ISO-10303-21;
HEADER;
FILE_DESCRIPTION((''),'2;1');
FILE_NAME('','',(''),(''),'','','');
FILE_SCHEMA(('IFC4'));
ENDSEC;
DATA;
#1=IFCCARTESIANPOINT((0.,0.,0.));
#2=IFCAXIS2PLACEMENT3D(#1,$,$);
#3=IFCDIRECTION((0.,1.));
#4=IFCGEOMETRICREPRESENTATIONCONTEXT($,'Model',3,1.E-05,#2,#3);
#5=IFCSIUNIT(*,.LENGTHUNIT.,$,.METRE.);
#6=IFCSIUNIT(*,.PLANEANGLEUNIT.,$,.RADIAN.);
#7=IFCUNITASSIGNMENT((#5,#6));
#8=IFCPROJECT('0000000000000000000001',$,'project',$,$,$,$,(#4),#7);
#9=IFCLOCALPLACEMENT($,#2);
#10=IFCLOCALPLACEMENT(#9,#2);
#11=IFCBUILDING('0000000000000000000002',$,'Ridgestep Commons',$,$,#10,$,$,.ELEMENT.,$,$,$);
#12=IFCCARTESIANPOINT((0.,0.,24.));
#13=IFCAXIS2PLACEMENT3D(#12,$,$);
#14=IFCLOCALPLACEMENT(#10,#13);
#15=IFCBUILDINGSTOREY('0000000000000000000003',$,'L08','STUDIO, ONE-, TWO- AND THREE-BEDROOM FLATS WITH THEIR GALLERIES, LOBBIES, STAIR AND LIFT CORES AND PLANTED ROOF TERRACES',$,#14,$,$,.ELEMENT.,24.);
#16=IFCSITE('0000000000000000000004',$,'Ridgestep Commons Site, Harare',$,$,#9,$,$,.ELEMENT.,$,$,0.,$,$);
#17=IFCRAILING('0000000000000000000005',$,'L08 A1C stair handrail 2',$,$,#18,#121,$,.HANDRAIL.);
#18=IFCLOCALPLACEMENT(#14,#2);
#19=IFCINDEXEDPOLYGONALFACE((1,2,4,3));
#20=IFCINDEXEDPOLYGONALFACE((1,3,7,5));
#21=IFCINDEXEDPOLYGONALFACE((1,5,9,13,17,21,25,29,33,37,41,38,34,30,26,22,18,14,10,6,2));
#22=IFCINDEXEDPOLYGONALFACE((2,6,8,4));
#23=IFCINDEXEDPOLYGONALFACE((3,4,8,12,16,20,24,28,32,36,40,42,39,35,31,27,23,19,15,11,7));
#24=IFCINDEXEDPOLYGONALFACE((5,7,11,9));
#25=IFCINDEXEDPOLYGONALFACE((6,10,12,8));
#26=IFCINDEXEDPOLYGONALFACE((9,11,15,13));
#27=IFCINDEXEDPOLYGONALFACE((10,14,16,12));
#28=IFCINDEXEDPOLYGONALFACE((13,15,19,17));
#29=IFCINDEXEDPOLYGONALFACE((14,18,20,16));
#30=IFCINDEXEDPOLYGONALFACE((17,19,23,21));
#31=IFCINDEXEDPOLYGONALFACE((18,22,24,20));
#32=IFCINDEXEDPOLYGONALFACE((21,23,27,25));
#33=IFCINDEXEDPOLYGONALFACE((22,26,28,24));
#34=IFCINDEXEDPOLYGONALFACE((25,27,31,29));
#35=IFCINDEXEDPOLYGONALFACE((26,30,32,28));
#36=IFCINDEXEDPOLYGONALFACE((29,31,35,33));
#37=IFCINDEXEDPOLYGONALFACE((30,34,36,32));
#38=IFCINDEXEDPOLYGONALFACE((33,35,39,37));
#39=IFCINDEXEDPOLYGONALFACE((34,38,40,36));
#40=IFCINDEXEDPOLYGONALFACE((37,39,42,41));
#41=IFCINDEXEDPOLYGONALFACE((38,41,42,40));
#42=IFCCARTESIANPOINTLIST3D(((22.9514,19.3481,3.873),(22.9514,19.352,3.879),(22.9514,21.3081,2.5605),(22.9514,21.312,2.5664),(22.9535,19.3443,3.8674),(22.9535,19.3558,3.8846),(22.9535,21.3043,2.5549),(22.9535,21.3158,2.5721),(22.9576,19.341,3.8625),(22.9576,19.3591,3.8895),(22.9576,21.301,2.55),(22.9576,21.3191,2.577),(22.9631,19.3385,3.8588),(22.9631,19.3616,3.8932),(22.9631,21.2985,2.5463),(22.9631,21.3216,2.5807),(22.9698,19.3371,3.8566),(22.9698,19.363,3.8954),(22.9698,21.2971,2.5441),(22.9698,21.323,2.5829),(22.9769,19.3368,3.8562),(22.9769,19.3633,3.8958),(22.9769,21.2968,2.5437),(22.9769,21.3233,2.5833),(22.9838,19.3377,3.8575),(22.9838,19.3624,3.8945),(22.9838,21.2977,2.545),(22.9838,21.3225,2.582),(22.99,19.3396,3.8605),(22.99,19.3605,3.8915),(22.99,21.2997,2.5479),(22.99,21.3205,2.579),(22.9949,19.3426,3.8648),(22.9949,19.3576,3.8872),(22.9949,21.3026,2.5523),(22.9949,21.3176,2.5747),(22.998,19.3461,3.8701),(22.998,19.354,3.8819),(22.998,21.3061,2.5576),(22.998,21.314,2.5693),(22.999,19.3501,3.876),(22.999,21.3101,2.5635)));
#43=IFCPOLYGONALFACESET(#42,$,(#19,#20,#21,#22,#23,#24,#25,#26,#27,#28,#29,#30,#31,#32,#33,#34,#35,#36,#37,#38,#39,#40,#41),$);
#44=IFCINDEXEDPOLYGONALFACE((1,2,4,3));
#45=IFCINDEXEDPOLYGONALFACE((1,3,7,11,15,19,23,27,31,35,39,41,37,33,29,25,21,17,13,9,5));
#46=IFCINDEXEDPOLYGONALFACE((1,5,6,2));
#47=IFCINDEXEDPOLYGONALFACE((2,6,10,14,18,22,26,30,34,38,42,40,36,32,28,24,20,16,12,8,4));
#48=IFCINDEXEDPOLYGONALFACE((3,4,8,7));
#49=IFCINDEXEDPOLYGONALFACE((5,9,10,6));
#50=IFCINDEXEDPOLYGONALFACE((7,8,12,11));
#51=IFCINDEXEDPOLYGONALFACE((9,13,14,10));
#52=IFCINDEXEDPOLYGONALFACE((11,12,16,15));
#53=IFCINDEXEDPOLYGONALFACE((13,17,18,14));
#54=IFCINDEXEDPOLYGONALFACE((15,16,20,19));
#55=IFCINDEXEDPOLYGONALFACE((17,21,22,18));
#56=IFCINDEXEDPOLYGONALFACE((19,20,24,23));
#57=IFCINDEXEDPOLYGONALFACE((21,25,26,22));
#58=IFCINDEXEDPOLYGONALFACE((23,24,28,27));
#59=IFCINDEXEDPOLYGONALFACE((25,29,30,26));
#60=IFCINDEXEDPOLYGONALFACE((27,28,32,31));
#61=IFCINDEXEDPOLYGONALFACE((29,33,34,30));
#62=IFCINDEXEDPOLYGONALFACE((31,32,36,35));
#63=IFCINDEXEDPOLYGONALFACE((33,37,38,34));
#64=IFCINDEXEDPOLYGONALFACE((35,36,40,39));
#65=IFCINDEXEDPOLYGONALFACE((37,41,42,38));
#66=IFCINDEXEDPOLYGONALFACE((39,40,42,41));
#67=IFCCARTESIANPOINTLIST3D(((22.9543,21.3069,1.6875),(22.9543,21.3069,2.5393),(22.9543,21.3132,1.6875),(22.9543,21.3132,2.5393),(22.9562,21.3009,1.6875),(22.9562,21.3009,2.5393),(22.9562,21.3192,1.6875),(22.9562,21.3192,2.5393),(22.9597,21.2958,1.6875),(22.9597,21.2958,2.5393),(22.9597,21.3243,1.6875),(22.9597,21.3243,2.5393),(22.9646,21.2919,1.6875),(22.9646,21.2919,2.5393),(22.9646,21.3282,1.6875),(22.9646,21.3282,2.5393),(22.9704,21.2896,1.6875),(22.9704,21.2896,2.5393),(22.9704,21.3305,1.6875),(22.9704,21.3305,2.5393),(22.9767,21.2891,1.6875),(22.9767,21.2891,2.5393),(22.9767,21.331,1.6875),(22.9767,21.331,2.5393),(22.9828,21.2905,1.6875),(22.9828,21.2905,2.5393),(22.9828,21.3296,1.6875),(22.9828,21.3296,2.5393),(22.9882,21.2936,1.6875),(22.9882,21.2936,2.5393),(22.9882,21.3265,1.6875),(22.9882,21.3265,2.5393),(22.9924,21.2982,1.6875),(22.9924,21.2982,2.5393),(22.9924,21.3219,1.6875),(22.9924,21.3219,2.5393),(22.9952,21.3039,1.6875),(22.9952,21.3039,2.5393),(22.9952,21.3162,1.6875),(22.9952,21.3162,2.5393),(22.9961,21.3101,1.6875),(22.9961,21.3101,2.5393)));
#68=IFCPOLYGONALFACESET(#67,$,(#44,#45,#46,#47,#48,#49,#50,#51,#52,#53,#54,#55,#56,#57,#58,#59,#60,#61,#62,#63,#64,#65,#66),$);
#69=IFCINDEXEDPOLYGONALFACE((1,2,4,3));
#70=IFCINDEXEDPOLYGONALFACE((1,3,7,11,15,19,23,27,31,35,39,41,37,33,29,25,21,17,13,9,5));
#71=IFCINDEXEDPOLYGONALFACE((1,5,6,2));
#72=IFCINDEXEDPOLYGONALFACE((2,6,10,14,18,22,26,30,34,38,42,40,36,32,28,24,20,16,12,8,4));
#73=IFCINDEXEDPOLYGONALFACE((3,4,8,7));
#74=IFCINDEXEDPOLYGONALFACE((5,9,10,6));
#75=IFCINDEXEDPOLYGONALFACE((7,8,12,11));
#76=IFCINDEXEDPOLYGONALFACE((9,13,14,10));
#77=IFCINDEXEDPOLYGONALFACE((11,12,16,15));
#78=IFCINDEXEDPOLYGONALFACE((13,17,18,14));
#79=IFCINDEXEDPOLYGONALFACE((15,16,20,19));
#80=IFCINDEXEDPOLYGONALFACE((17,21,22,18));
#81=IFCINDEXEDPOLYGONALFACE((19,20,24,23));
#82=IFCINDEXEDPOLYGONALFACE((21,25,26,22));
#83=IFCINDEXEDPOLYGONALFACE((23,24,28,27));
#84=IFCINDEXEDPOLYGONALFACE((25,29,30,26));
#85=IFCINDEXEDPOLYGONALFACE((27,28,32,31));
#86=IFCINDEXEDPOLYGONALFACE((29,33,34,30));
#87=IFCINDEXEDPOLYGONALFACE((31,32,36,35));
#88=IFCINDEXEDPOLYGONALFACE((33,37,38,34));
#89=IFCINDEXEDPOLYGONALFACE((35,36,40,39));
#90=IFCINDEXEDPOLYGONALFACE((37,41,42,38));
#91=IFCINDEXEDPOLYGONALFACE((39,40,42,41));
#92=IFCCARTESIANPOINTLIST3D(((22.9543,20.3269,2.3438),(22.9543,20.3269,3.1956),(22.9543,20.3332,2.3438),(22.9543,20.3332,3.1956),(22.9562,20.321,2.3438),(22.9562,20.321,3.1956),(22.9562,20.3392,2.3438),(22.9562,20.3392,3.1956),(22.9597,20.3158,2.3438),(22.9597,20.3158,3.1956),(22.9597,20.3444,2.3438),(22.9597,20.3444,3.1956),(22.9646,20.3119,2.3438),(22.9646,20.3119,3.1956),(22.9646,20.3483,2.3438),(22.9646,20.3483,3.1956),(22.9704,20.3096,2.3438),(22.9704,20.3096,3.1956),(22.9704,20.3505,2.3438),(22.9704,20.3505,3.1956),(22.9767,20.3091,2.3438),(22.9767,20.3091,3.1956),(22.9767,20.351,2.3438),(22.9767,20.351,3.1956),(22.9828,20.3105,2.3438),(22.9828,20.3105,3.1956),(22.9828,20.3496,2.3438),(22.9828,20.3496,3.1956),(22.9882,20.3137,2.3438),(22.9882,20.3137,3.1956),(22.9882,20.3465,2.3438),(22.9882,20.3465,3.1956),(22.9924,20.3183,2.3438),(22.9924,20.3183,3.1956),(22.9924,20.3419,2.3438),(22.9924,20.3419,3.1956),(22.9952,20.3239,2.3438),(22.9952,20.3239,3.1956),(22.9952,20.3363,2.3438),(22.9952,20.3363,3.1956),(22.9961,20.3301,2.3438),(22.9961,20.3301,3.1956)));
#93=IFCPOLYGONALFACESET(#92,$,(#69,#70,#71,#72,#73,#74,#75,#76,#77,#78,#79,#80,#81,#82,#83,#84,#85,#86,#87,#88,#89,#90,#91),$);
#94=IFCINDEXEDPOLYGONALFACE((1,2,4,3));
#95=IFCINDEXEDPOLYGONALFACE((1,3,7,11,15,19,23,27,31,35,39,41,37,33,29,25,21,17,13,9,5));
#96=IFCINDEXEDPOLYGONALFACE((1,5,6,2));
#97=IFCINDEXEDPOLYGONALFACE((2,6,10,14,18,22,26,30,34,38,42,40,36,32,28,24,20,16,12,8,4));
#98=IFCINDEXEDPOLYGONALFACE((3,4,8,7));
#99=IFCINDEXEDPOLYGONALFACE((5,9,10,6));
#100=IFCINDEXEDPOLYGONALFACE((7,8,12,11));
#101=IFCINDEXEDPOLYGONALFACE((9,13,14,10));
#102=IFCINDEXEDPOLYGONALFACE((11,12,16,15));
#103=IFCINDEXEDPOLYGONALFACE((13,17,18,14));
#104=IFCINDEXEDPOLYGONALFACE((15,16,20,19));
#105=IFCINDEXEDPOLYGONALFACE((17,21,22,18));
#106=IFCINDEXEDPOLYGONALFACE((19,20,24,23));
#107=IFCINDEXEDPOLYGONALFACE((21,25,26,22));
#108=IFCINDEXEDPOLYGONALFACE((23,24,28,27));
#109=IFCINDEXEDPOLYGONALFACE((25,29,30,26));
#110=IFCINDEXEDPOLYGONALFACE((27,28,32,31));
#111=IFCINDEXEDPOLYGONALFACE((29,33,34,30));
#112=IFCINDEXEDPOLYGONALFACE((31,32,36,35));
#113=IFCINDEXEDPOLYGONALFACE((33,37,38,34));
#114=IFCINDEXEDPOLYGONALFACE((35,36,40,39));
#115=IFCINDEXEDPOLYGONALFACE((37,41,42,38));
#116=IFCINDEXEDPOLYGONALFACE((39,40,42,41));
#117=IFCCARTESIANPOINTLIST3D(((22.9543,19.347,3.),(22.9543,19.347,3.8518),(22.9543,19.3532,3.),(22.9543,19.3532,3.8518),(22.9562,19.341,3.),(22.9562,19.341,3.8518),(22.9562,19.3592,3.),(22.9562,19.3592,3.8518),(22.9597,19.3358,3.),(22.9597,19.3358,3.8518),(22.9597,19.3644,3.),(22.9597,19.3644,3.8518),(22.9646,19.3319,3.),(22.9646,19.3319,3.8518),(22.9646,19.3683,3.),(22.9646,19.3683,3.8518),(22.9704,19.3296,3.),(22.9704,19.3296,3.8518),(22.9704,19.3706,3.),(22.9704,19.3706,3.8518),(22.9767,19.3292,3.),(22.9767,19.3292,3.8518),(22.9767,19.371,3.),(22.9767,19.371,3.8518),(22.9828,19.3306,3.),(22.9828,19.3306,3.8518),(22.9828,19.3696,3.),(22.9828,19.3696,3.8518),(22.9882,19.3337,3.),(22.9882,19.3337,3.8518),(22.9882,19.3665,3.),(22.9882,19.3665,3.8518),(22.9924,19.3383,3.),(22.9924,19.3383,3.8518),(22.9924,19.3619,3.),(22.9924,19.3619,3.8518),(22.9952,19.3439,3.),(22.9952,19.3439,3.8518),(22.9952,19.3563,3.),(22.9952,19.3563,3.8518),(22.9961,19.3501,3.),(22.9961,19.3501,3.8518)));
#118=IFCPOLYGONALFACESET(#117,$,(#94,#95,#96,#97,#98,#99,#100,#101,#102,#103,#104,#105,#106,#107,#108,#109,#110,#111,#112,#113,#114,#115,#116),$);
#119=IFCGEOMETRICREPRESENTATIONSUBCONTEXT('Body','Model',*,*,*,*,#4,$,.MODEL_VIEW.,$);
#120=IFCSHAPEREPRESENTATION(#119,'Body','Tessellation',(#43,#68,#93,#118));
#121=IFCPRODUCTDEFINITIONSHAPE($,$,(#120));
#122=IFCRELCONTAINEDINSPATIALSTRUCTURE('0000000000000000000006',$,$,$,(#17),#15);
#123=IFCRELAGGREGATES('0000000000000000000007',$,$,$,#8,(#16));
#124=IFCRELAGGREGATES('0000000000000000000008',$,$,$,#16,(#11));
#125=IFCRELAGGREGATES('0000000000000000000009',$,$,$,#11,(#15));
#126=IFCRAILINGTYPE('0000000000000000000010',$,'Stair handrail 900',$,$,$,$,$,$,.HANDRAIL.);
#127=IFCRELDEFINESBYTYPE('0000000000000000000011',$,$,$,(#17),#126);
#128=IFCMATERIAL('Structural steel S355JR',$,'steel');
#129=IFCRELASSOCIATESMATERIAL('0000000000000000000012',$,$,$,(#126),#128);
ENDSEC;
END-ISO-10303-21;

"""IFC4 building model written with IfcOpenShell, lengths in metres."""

from ifc_helpers import new_model, si_unit, direction, frame, origin, origin_2d, place, context, subcontext, project, spatial, circle, extrude, material, type_object, element, save


model = new_model("IFC4")

# Units and contexts
model_context = context("Model", 3, precision=1e-05, world=origin(), true_north=direction((0.0, 1.0)))
body_context = subcontext(model_context, "Body", "Model", "MODEL_VIEW")
ifc_project = project(units=[si_unit("LENGTHUNIT", "METRE"), si_unit("PLANEANGLEUNIT", "RADIAN")], contexts=[model_context])

# Site, building, storey
site_placement = place(None, origin())
site = spatial("IfcSite", under=ifc_project, at=site_placement, Name="Ridgestep Commons Site, Harare", CompositionType="ELEMENT", RefElevation=0.0)
building_placement = place(site_placement, origin())
building = spatial("IfcBuilding", under=site, at=building_placement, Name="Ridgestep Commons", CompositionType="ELEMENT")
storey_placement = place(building_placement, frame((0.0, 0.0, 24.0)))
storey = spatial("IfcBuildingStorey", under=building, at=storey_placement, Name="L08", Description="STUDIO, ONE-, TWO- AND THREE-BEDROOM FLATS WITH THEIR GALLERIES, LOBBIES, STAIR AND LIFT CORES AND PLANTED ROOF TERRACES", CompositionType="ELEMENT", Elevation=24.0)

# Railing
ifc_material_1 = material(Name="Structural steel S355JR", Category="steel")
railing_type_1 = type_object("IfcRailingType", Name="Stair handrail 900", PredefinedType="HANDRAIL", material=ifc_material_1)
railing_1_placement = place(storey_placement, frame((22.9751, 21.3101, 1.6875)))
element("IfcRailing", 1, at=railing_1_placement, inside=storey, type_object=railing_type_1, Name="L08 A1C stair handrail 2", PredefinedType="HANDRAIL", context=body_context, shape_type="SweptSolid", body=[
    extrude(circle(Radius=0.0239, at=origin_2d()), frame((0.0, 0.0, 0.876), z_axis=(0.0, -0.830902, 0.556419), x_axis=(1.0, 0.0, 0.0)), (0.0, 0.0, 1.0), 2.3589),
    extrude(circle(Radius=0.021, at=origin_2d()), origin(), (0.0, 0.0, 1.0), 0.8518),
    extrude(circle(Radius=0.021, at=origin_2d()), frame((0.0, -0.98, 0.6562)), (0.0, 0.0, 1.0), 0.8518),
    extrude(circle(Radius=0.021, at=origin_2d()), frame((0.0, -1.96, 1.3125)), (0.0, 0.0, 1.0), 0.8518),
])

save(model, "model.ifc")
